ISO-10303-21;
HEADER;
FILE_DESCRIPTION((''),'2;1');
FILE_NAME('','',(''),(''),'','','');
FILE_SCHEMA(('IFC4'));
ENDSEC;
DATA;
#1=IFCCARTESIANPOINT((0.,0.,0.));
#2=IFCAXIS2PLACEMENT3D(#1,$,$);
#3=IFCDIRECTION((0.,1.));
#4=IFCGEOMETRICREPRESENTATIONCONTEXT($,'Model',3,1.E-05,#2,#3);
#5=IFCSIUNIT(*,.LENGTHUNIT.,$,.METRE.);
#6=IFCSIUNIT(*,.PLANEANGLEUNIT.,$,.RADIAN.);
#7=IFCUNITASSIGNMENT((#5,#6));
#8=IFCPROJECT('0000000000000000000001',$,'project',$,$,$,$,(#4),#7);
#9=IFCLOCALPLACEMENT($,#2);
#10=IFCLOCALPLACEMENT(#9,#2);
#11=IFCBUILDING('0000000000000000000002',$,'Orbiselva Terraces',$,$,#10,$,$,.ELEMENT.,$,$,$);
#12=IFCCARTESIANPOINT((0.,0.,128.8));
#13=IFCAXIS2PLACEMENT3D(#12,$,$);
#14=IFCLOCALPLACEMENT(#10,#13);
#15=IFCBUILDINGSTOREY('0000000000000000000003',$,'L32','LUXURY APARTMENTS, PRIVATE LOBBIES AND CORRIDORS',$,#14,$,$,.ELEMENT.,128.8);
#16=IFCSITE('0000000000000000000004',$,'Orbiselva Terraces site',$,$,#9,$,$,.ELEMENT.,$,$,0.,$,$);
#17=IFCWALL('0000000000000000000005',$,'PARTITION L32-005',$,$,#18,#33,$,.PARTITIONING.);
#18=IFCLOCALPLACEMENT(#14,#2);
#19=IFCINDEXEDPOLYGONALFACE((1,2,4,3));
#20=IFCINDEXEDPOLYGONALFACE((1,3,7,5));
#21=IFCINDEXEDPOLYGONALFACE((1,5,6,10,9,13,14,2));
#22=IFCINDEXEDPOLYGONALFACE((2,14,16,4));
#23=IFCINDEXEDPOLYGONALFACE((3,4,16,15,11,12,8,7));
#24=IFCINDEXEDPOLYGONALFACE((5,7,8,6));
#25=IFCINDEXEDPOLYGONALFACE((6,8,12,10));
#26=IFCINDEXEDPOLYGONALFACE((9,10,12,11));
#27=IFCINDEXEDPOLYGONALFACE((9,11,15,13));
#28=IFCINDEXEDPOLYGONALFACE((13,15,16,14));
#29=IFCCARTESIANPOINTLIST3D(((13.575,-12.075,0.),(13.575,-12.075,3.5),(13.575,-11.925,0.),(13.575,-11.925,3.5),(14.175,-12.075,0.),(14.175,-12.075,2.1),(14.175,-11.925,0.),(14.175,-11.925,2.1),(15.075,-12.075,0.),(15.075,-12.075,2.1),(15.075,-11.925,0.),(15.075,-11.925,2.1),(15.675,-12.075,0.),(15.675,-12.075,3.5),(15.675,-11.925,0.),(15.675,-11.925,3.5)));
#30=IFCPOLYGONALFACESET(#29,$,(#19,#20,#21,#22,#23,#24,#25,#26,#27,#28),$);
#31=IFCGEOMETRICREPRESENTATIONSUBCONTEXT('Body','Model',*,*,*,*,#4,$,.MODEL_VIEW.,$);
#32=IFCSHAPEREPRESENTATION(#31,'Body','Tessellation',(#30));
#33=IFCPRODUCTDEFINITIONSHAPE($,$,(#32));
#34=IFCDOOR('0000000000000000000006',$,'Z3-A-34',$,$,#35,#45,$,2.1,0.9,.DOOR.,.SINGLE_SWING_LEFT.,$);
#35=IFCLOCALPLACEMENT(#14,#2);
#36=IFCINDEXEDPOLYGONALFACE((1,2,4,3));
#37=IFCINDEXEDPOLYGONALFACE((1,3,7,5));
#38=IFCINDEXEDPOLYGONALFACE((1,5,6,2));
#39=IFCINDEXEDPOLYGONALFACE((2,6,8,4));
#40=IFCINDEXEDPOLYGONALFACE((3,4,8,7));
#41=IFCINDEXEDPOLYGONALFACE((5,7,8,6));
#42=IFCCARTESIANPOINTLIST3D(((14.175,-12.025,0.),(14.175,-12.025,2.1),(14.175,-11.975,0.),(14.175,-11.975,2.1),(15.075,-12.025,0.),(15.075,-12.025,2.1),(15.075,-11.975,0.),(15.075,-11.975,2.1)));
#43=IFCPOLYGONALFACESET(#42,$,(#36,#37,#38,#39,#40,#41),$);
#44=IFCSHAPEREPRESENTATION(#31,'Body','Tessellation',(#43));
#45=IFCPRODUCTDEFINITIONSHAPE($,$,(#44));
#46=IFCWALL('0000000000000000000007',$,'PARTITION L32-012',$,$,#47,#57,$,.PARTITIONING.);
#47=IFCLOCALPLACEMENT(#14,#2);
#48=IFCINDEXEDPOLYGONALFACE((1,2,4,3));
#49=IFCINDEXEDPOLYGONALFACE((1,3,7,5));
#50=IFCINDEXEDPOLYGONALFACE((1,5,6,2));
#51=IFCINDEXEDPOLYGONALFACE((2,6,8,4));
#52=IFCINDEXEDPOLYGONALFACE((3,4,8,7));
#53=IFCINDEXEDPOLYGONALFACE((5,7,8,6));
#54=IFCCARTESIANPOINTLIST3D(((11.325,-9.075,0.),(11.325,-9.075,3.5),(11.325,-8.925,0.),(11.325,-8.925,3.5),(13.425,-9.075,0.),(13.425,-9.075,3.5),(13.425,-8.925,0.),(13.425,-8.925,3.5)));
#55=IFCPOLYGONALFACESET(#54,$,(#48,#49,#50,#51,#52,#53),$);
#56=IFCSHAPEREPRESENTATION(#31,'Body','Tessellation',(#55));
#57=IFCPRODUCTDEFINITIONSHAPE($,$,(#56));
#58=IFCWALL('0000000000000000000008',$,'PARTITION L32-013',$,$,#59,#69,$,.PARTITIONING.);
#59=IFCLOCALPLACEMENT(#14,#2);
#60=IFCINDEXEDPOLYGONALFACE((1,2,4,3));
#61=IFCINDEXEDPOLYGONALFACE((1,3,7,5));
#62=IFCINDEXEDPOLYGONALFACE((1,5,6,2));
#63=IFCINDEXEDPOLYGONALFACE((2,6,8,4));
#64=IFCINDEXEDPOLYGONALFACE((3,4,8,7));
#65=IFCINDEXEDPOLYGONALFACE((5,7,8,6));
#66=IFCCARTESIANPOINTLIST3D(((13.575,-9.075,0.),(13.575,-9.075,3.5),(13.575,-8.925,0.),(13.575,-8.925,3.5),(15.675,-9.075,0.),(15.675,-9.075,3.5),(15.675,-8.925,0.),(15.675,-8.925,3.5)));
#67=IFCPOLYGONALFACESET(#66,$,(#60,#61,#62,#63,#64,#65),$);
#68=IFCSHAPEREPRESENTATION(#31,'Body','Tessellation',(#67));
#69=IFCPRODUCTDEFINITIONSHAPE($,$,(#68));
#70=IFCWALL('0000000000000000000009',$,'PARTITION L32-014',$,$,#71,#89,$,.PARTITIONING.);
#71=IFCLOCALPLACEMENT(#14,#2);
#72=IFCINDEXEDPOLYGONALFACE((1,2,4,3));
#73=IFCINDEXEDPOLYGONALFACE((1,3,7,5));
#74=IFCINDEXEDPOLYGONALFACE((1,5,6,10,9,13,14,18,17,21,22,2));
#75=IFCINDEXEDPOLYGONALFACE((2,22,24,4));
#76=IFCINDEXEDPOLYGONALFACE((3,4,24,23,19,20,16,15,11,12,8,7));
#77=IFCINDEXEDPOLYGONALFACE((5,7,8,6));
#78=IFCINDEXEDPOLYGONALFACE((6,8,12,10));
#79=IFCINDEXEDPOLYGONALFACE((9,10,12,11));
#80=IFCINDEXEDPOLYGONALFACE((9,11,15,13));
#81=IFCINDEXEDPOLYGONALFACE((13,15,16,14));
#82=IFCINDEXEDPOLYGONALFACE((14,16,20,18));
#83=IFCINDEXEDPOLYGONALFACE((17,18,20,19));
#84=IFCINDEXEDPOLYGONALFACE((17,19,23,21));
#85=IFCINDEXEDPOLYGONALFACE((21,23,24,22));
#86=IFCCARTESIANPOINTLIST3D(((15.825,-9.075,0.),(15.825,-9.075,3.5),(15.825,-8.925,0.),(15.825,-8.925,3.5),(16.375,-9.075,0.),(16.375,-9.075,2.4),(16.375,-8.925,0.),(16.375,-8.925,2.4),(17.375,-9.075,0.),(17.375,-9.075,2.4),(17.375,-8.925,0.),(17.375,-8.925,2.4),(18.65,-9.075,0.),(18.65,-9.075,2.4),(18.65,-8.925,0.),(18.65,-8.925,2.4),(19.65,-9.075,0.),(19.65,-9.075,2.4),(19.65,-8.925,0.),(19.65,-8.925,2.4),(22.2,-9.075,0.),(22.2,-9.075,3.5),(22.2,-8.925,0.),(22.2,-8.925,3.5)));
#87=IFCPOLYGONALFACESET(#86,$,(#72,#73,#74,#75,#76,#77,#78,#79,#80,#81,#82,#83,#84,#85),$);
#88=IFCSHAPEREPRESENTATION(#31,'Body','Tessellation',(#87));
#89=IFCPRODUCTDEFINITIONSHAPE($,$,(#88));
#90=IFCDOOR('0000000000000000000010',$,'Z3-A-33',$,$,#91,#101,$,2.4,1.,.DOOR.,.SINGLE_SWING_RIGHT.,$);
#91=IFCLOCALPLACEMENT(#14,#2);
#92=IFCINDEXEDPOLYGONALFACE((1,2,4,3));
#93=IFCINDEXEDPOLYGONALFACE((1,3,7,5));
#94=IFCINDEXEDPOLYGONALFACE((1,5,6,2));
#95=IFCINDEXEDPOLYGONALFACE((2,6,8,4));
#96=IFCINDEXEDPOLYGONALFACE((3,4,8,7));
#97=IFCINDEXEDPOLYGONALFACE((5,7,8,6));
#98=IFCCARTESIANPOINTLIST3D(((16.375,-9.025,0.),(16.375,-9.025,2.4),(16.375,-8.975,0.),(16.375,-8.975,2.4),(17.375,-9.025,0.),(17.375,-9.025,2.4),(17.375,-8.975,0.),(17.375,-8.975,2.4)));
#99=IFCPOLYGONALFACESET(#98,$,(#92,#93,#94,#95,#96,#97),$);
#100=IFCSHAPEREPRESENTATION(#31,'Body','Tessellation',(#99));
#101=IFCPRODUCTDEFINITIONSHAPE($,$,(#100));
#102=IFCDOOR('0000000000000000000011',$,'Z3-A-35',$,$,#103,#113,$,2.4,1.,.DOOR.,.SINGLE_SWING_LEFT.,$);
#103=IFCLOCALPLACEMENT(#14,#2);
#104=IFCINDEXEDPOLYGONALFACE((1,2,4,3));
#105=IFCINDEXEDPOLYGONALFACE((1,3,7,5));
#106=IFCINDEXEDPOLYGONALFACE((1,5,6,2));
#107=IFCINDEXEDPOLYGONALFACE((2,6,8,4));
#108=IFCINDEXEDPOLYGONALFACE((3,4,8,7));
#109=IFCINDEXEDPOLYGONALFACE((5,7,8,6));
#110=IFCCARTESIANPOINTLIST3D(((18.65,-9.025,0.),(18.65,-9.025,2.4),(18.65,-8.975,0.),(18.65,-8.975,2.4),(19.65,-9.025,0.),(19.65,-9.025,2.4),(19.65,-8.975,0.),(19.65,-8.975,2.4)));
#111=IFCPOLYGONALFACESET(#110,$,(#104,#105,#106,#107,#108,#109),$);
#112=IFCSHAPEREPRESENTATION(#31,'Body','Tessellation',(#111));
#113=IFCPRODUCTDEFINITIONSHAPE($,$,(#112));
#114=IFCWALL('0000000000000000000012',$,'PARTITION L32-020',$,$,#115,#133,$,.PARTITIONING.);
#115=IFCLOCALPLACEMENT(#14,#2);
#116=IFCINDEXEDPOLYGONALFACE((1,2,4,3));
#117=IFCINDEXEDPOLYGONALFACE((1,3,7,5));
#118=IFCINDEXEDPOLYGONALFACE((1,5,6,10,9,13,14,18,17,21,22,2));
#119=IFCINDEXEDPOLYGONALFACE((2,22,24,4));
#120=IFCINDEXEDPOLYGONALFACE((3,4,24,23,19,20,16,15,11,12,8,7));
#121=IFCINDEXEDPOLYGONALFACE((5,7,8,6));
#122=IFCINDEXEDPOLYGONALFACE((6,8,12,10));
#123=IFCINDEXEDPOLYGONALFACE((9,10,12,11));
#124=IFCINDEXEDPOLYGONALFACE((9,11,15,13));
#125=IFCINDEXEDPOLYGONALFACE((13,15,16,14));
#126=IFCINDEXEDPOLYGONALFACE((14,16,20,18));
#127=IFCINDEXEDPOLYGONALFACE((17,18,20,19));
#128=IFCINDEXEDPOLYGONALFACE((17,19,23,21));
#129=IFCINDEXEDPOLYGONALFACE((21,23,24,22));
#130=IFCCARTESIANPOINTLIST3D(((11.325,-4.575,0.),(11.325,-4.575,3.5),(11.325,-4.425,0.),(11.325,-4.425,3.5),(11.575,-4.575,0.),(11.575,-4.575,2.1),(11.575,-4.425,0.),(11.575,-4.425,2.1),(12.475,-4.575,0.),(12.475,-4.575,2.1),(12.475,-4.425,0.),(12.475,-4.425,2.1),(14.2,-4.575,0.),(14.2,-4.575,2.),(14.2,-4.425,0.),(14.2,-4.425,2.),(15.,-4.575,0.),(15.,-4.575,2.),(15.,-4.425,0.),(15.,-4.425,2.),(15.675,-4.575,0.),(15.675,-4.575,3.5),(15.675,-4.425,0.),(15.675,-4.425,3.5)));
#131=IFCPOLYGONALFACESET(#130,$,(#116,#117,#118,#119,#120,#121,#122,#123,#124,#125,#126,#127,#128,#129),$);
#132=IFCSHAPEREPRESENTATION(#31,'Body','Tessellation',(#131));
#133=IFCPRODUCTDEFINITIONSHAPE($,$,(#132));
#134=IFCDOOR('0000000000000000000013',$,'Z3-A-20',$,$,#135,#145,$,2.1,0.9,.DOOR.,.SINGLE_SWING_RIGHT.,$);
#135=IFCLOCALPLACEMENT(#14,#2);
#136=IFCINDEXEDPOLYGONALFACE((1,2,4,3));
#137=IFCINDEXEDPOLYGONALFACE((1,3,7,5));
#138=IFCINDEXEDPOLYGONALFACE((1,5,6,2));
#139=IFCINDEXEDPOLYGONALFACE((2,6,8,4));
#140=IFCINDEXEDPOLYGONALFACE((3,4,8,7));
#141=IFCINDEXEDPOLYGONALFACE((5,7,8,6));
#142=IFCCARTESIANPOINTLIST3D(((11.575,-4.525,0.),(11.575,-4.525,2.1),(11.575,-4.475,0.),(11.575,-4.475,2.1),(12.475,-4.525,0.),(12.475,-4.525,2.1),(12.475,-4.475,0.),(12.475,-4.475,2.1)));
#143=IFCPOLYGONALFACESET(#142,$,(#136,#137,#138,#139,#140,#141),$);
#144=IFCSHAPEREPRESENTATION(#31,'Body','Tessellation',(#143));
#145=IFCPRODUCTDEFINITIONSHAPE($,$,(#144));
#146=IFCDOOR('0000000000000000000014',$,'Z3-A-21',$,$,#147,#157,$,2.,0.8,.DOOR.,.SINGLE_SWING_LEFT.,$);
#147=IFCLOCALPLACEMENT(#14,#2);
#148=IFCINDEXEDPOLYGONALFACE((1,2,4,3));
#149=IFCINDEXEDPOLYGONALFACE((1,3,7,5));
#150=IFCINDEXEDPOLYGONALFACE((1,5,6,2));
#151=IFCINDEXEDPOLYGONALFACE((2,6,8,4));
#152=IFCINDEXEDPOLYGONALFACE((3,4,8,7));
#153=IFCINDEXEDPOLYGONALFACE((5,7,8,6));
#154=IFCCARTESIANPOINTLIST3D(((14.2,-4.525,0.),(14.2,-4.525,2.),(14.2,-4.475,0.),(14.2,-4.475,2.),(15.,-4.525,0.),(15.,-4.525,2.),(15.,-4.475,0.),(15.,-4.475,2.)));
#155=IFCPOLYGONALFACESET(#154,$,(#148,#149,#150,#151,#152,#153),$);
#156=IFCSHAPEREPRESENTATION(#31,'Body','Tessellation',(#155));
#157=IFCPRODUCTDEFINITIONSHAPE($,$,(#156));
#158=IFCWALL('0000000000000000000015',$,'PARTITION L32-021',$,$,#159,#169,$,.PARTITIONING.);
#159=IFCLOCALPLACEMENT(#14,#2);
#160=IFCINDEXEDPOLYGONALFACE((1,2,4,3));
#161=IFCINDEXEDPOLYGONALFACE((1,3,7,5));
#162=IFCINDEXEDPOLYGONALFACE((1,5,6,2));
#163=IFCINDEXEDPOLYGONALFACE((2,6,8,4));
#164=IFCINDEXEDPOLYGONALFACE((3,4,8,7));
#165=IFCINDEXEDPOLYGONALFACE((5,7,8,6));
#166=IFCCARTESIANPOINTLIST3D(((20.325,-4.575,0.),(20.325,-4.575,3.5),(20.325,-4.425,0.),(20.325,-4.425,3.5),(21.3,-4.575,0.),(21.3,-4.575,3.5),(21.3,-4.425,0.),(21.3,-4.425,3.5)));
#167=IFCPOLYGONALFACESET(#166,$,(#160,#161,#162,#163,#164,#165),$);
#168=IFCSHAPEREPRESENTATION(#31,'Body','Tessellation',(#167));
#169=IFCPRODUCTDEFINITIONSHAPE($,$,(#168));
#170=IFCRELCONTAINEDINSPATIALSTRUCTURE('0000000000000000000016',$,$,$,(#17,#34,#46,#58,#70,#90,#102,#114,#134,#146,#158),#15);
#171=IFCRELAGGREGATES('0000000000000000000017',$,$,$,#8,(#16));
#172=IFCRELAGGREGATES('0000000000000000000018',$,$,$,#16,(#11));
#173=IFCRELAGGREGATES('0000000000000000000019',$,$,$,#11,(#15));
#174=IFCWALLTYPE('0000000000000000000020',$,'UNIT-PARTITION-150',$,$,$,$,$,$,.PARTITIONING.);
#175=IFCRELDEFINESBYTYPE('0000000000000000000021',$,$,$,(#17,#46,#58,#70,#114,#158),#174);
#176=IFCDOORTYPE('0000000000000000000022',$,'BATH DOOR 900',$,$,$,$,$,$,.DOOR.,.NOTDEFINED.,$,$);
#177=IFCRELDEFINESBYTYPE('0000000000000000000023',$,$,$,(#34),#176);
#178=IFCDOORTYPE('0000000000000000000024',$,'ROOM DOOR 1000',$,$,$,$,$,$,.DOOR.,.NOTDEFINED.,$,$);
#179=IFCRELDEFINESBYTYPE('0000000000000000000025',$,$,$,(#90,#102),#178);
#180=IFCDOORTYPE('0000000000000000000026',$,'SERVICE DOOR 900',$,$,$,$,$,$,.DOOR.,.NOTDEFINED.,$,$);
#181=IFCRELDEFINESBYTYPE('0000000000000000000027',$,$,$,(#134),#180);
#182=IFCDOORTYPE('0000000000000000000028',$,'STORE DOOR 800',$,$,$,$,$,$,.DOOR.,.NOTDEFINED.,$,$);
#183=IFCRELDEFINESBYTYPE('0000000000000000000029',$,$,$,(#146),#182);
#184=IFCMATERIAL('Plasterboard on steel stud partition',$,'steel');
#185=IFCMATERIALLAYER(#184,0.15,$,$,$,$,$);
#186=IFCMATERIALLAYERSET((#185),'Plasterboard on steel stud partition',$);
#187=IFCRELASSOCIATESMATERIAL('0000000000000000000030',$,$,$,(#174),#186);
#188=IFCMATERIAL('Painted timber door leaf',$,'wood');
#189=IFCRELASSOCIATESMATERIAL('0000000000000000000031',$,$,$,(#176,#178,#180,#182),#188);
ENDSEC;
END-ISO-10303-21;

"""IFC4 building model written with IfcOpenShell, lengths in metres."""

from ifc_helpers import new_model, si_unit, direction, frame, frame_2d, origin, place, context, subcontext, project, spatial, rectangle, extrude, material, layer, layer_set, type_object, element, fill, save


model = new_model("IFC4")

# Units and contexts
model_context = context("Model", 3, precision=1e-05, world=origin(), true_north=direction((0.0, 1.0)))
body_context = subcontext(model_context, "Body", "Model", "MODEL_VIEW")
ifc_project = project(units=[si_unit("LENGTHUNIT", "METRE"), si_unit("PLANEANGLEUNIT", "RADIAN")], contexts=[model_context])

# Site, building, storey
site_placement = place(None, origin())
site = spatial("IfcSite", under=ifc_project, at=site_placement, Name="Orbiselva Terraces site", CompositionType="ELEMENT", RefElevation=0.0)
building_placement = place(site_placement, origin())
building = spatial("IfcBuilding", under=site, at=building_placement, Name="Orbiselva Terraces", CompositionType="ELEMENT")
storey_placement = place(building_placement, frame((0.0, 0.0, 128.8)))
storey = spatial("IfcBuildingStorey", under=building, at=storey_placement, Name="L32", Description="LUXURY APARTMENTS, PRIVATE LOBBIES AND CORRIDORS", CompositionType="ELEMENT", Elevation=128.8)

# Shared definitions
ifc_material_1 = material(Name="Plasterboard on steel stud partition", Category="steel")
ifc_material_2 = material(Name="Painted timber door leaf", Category="wood")

# Wall, opening, door
ifc_layer_1 = layer(ifc_material_1, 0.15)
ifc_layer_set_1 = layer_set([ifc_layer_1], Name="Plasterboard on steel stud partition")
wall_type_1 = type_object("IfcWallType", Name="UNIT-PARTITION-150", PredefinedType="PARTITIONING", material=ifc_layer_set_1)
door_type_1 = type_object("IfcDoorType", Name="BATH DOOR 900", OperationType="NOTDEFINED", PredefinedType="DOOR", material=ifc_material_2)
wall_1_placement = place(storey_placement, frame((13.575, -12.0, 0.0), z_axis=(0.0, 0.0, 1.0), x_axis=(1.0, 0.0, 0.0)))
wall_1 = element("IfcWall", 1, at=wall_1_placement, inside=storey, type_object=wall_type_1, Name="PARTITION L32-005", PredefinedType="PARTITIONING", context=body_context, shape_type="SweptSolid", body=[
    extrude(rectangle(XDim=2.1, YDim=0.15, at=frame_2d((1.05, 0.0))), origin(), (0.0, 0.0, 1.0), 3.5),
])
opening_1_placement = place(wall_1_placement, frame((0.6, 0.0, 0.0)))
opening_1 = element("IfcOpeningElement", 2, at=opening_1_placement, cuts=wall_1, PredefinedType="OPENING", context=body_context, shape_type="SweptSolid", body=[
    extrude(rectangle(XDim=0.9, YDim=2.1, at=frame_2d((0.45, 1.05))), frame((0.0, 0.085, 0.0), z_axis=(0.0, -1.0, 0.0), x_axis=(1.0, 0.0, 0.0)), (0.0, 0.0, 1.0), 0.17),
])
door_1_placement = place(opening_1_placement, origin())
door_1 = element("IfcDoor", 3, at=door_1_placement, inside=storey, type_object=door_type_1, Name="Z3-A-34", OperationType="SINGLE_SWING_LEFT", OverallHeight=2.1, OverallWidth=0.9, PredefinedType="DOOR", context=body_context, shape_type="SweptSolid", body=[
    extrude(rectangle(XDim=0.9, YDim=2.1, at=frame_2d((0.45, 1.05))), frame((0.0, 0.025, 0.0), z_axis=(0.0, -1.0, 0.0), x_axis=(1.0, 0.0, 0.0)), (0.0, 0.0, 1.0), 0.05),
])
fill(opening_1, door_1)

# Walls
for number, where, z_axis, x_axis, name in (
    (4, (11.325, -9.0, 0.0), (0.0, 0.0, 1.0), (1.0, 0.0, 0.0), "PARTITION L32-012"),
    (5, (13.575, -9.0, 0.0), (0.0, 0.0, 1.0), (1.0, 0.0, 0.0), "PARTITION L32-013"),
):
    element("IfcWall", number, at=place(storey_placement, frame(where, z_axis=z_axis, x_axis=x_axis)), inside=storey, type_object=wall_type_1, Name=name, PredefinedType="PARTITIONING", context=body_context, shape_type="SweptSolid", body=[
        extrude(rectangle(XDim=2.1, YDim=0.15, at=frame_2d((1.05, 0.0))), origin(), (0.0, 0.0, 1.0), 3.5),
    ])

# Walls, openings, doors
wall_2_placement = place(storey_placement, frame((22.2, -9.0, 0.0), z_axis=(0.0, 0.0, 1.0), x_axis=(-1.0, 0.0, 0.0)))
wall_2 = element("IfcWall", 6, at=wall_2_placement, inside=storey, type_object=wall_type_1, Name="PARTITION L32-014", PredefinedType="PARTITIONING", context=body_context, shape_type="SweptSolid", body=[
    extrude(rectangle(XDim=6.375, YDim=0.15, at=frame_2d((3.1875, 0.0))), origin(), (0.0, 0.0, 1.0), 3.5),
])
opening_2_placement = place(wall_2_placement, frame((4.825, 0.0, 0.0)))
opening_2 = element("IfcOpeningElement", 7, at=opening_2_placement, cuts=wall_2, PredefinedType="OPENING", context=body_context, shape_type="SweptSolid", body=[
    extrude(rectangle(XDim=1.0, YDim=2.4, at=frame_2d((0.5, 1.2))), frame((0.0, 0.085, 0.0), z_axis=(0.0, -1.0, 0.0), x_axis=(1.0, 0.0, 0.0)), (0.0, 0.0, 1.0), 0.17),
])
opening_3_placement = place(wall_2_placement, frame((2.55, 0.0, 0.0)))
opening_3 = element("IfcOpeningElement", 8, at=opening_3_placement, cuts=wall_2, PredefinedType="OPENING", context=body_context, shape_type="SweptSolid", body=[
    extrude(rectangle(XDim=1.0, YDim=2.4, at=frame_2d((0.5, 1.2))), frame((0.0, 0.085, 0.0), z_axis=(0.0, -1.0, 0.0), x_axis=(1.0, 0.0, 0.0)), (0.0, 0.0, 1.0), 0.17),
])
door_type_2 = type_object("IfcDoorType", Name="ROOM DOOR 1000", OperationType="NOTDEFINED", PredefinedType="DOOR", material=ifc_material_2)
door_2_placement = place(opening_2_placement, origin())
door_2 = element("IfcDoor", 9, at=door_2_placement, inside=storey, type_object=door_type_2, Name="Z3-A-33", OperationType="SINGLE_SWING_RIGHT", OverallHeight=2.4, OverallWidth=1.0, PredefinedType="DOOR", context=body_context, shape_type="SweptSolid", body=[
    extrude(rectangle(XDim=1.0, YDim=2.4, at=frame_2d((0.5, 1.2))), frame((0.0, 0.025, 0.0), z_axis=(0.0, -1.0, 0.0), x_axis=(1.0, 0.0, 0.0)), (0.0, 0.0, 1.0), 0.05),
])
fill(opening_2, door_2)
door_3_placement = place(opening_3_placement, origin())
door_3 = element("IfcDoor", 10, at=door_3_placement, inside=storey, type_object=door_type_2, Name="Z3-A-35", OperationType="SINGLE_SWING_LEFT", OverallHeight=2.4, OverallWidth=1.0, PredefinedType="DOOR", context=body_context, shape_type="SweptSolid", body=[
    extrude(rectangle(XDim=1.0, YDim=2.4, at=frame_2d((0.5, 1.2))), frame((0.0, 0.025, 0.0), z_axis=(0.0, -1.0, 0.0), x_axis=(1.0, 0.0, 0.0)), (0.0, 0.0, 1.0), 0.05),
])
fill(opening_3, door_3)
wall_3_placement = place(storey_placement, frame((15.675, -4.5, 0.0), z_axis=(0.0, 0.0, 1.0), x_axis=(-1.0, 0.0, 0.0)))
wall_3 = element("IfcWall", 11, at=wall_3_placement, inside=storey, type_object=wall_type_1, Name="PARTITION L32-020", PredefinedType="PARTITIONING", context=body_context, shape_type="SweptSolid", body=[
    extrude(rectangle(XDim=4.35, YDim=0.15, at=frame_2d((2.175, 0.0))), origin(), (0.0, 0.0, 1.0), 3.5),
])
opening_4_placement = place(wall_3_placement, frame((3.2, 0.0, 0.0)))
opening_4 = element("IfcOpeningElement", 12, at=opening_4_placement, cuts=wall_3, PredefinedType="OPENING", context=body_context, shape_type="SweptSolid", body=[
    extrude(rectangle(XDim=0.9, YDim=2.1, at=frame_2d((0.45, 1.05))), frame((0.0, 0.085, 0.0), z_axis=(0.0, -1.0, 0.0), x_axis=(1.0, 0.0, 0.0)), (0.0, 0.0, 1.0), 0.17),
])
opening_5_placement = place(wall_3_placement, frame((0.675, 0.0, 0.0)))
opening_5 = element("IfcOpeningElement", 13, at=opening_5_placement, cuts=wall_3, PredefinedType="OPENING", context=body_context, shape_type="SweptSolid", body=[
    extrude(rectangle(XDim=0.8, YDim=2.0, at=frame_2d((0.4, 1.0))), frame((0.0, 0.085, 0.0), z_axis=(0.0, -1.0, 0.0), x_axis=(1.0, 0.0, 0.0)), (0.0, 0.0, 1.0), 0.17),
])
door_type_3 = type_object("IfcDoorType", Name="SERVICE DOOR 900", OperationType="NOTDEFINED", PredefinedType="DOOR", material=ifc_material_2)
door_4_placement = place(opening_4_placement, origin())
door_4 = element("IfcDoor", 14, at=door_4_placement, inside=storey, type_object=door_type_3, Name="Z3-A-20", OperationType="SINGLE_SWING_RIGHT", OverallHeight=2.1, OverallWidth=0.9, PredefinedType="DOOR", context=body_context, shape_type="SweptSolid", body=[
    extrude(rectangle(XDim=0.9, YDim=2.1, at=frame_2d((0.45, 1.05))), frame((0.0, 0.025, 0.0), z_axis=(0.0, -1.0, 0.0), x_axis=(1.0, 0.0, 0.0)), (0.0, 0.0, 1.0), 0.05),
])
fill(opening_4, door_4)
door_type_4 = type_object("IfcDoorType", Name="STORE DOOR 800", OperationType="NOTDEFINED", PredefinedType="DOOR", material=ifc_material_2)
door_5_placement = place(opening_5_placement, origin())
door_5 = element("IfcDoor", 15, at=door_5_placement, inside=storey, type_object=door_type_4, Name="Z3-A-21", OperationType="SINGLE_SWING_LEFT", OverallHeight=2.0, OverallWidth=0.8, PredefinedType="DOOR", context=body_context, shape_type="SweptSolid", body=[
    extrude(rectangle(XDim=0.8, YDim=2.0, at=frame_2d((0.4, 1.0))), frame((0.0, 0.025, 0.0), z_axis=(0.0, -1.0, 0.0), x_axis=(1.0, 0.0, 0.0)), (0.0, 0.0, 1.0), 0.05),
])
fill(opening_5, door_5)

# Wall
wall_4_placement = place(storey_placement, frame((20.325, -4.5, 0.0), z_axis=(0.0, 0.0, 1.0), x_axis=(1.0, 0.0, 0.0)))
element("IfcWall", 16, at=wall_4_placement, inside=storey, type_object=wall_type_1, Name="PARTITION L32-021", PredefinedType="PARTITIONING", context=body_context, shape_type="SweptSolid", body=[
    extrude(rectangle(XDim=0.975, YDim=0.15, at=frame_2d((0.4875, 0.0))), origin(), (0.0, 0.0, 1.0), 3.5),
])

save(model, "model.ifc")
